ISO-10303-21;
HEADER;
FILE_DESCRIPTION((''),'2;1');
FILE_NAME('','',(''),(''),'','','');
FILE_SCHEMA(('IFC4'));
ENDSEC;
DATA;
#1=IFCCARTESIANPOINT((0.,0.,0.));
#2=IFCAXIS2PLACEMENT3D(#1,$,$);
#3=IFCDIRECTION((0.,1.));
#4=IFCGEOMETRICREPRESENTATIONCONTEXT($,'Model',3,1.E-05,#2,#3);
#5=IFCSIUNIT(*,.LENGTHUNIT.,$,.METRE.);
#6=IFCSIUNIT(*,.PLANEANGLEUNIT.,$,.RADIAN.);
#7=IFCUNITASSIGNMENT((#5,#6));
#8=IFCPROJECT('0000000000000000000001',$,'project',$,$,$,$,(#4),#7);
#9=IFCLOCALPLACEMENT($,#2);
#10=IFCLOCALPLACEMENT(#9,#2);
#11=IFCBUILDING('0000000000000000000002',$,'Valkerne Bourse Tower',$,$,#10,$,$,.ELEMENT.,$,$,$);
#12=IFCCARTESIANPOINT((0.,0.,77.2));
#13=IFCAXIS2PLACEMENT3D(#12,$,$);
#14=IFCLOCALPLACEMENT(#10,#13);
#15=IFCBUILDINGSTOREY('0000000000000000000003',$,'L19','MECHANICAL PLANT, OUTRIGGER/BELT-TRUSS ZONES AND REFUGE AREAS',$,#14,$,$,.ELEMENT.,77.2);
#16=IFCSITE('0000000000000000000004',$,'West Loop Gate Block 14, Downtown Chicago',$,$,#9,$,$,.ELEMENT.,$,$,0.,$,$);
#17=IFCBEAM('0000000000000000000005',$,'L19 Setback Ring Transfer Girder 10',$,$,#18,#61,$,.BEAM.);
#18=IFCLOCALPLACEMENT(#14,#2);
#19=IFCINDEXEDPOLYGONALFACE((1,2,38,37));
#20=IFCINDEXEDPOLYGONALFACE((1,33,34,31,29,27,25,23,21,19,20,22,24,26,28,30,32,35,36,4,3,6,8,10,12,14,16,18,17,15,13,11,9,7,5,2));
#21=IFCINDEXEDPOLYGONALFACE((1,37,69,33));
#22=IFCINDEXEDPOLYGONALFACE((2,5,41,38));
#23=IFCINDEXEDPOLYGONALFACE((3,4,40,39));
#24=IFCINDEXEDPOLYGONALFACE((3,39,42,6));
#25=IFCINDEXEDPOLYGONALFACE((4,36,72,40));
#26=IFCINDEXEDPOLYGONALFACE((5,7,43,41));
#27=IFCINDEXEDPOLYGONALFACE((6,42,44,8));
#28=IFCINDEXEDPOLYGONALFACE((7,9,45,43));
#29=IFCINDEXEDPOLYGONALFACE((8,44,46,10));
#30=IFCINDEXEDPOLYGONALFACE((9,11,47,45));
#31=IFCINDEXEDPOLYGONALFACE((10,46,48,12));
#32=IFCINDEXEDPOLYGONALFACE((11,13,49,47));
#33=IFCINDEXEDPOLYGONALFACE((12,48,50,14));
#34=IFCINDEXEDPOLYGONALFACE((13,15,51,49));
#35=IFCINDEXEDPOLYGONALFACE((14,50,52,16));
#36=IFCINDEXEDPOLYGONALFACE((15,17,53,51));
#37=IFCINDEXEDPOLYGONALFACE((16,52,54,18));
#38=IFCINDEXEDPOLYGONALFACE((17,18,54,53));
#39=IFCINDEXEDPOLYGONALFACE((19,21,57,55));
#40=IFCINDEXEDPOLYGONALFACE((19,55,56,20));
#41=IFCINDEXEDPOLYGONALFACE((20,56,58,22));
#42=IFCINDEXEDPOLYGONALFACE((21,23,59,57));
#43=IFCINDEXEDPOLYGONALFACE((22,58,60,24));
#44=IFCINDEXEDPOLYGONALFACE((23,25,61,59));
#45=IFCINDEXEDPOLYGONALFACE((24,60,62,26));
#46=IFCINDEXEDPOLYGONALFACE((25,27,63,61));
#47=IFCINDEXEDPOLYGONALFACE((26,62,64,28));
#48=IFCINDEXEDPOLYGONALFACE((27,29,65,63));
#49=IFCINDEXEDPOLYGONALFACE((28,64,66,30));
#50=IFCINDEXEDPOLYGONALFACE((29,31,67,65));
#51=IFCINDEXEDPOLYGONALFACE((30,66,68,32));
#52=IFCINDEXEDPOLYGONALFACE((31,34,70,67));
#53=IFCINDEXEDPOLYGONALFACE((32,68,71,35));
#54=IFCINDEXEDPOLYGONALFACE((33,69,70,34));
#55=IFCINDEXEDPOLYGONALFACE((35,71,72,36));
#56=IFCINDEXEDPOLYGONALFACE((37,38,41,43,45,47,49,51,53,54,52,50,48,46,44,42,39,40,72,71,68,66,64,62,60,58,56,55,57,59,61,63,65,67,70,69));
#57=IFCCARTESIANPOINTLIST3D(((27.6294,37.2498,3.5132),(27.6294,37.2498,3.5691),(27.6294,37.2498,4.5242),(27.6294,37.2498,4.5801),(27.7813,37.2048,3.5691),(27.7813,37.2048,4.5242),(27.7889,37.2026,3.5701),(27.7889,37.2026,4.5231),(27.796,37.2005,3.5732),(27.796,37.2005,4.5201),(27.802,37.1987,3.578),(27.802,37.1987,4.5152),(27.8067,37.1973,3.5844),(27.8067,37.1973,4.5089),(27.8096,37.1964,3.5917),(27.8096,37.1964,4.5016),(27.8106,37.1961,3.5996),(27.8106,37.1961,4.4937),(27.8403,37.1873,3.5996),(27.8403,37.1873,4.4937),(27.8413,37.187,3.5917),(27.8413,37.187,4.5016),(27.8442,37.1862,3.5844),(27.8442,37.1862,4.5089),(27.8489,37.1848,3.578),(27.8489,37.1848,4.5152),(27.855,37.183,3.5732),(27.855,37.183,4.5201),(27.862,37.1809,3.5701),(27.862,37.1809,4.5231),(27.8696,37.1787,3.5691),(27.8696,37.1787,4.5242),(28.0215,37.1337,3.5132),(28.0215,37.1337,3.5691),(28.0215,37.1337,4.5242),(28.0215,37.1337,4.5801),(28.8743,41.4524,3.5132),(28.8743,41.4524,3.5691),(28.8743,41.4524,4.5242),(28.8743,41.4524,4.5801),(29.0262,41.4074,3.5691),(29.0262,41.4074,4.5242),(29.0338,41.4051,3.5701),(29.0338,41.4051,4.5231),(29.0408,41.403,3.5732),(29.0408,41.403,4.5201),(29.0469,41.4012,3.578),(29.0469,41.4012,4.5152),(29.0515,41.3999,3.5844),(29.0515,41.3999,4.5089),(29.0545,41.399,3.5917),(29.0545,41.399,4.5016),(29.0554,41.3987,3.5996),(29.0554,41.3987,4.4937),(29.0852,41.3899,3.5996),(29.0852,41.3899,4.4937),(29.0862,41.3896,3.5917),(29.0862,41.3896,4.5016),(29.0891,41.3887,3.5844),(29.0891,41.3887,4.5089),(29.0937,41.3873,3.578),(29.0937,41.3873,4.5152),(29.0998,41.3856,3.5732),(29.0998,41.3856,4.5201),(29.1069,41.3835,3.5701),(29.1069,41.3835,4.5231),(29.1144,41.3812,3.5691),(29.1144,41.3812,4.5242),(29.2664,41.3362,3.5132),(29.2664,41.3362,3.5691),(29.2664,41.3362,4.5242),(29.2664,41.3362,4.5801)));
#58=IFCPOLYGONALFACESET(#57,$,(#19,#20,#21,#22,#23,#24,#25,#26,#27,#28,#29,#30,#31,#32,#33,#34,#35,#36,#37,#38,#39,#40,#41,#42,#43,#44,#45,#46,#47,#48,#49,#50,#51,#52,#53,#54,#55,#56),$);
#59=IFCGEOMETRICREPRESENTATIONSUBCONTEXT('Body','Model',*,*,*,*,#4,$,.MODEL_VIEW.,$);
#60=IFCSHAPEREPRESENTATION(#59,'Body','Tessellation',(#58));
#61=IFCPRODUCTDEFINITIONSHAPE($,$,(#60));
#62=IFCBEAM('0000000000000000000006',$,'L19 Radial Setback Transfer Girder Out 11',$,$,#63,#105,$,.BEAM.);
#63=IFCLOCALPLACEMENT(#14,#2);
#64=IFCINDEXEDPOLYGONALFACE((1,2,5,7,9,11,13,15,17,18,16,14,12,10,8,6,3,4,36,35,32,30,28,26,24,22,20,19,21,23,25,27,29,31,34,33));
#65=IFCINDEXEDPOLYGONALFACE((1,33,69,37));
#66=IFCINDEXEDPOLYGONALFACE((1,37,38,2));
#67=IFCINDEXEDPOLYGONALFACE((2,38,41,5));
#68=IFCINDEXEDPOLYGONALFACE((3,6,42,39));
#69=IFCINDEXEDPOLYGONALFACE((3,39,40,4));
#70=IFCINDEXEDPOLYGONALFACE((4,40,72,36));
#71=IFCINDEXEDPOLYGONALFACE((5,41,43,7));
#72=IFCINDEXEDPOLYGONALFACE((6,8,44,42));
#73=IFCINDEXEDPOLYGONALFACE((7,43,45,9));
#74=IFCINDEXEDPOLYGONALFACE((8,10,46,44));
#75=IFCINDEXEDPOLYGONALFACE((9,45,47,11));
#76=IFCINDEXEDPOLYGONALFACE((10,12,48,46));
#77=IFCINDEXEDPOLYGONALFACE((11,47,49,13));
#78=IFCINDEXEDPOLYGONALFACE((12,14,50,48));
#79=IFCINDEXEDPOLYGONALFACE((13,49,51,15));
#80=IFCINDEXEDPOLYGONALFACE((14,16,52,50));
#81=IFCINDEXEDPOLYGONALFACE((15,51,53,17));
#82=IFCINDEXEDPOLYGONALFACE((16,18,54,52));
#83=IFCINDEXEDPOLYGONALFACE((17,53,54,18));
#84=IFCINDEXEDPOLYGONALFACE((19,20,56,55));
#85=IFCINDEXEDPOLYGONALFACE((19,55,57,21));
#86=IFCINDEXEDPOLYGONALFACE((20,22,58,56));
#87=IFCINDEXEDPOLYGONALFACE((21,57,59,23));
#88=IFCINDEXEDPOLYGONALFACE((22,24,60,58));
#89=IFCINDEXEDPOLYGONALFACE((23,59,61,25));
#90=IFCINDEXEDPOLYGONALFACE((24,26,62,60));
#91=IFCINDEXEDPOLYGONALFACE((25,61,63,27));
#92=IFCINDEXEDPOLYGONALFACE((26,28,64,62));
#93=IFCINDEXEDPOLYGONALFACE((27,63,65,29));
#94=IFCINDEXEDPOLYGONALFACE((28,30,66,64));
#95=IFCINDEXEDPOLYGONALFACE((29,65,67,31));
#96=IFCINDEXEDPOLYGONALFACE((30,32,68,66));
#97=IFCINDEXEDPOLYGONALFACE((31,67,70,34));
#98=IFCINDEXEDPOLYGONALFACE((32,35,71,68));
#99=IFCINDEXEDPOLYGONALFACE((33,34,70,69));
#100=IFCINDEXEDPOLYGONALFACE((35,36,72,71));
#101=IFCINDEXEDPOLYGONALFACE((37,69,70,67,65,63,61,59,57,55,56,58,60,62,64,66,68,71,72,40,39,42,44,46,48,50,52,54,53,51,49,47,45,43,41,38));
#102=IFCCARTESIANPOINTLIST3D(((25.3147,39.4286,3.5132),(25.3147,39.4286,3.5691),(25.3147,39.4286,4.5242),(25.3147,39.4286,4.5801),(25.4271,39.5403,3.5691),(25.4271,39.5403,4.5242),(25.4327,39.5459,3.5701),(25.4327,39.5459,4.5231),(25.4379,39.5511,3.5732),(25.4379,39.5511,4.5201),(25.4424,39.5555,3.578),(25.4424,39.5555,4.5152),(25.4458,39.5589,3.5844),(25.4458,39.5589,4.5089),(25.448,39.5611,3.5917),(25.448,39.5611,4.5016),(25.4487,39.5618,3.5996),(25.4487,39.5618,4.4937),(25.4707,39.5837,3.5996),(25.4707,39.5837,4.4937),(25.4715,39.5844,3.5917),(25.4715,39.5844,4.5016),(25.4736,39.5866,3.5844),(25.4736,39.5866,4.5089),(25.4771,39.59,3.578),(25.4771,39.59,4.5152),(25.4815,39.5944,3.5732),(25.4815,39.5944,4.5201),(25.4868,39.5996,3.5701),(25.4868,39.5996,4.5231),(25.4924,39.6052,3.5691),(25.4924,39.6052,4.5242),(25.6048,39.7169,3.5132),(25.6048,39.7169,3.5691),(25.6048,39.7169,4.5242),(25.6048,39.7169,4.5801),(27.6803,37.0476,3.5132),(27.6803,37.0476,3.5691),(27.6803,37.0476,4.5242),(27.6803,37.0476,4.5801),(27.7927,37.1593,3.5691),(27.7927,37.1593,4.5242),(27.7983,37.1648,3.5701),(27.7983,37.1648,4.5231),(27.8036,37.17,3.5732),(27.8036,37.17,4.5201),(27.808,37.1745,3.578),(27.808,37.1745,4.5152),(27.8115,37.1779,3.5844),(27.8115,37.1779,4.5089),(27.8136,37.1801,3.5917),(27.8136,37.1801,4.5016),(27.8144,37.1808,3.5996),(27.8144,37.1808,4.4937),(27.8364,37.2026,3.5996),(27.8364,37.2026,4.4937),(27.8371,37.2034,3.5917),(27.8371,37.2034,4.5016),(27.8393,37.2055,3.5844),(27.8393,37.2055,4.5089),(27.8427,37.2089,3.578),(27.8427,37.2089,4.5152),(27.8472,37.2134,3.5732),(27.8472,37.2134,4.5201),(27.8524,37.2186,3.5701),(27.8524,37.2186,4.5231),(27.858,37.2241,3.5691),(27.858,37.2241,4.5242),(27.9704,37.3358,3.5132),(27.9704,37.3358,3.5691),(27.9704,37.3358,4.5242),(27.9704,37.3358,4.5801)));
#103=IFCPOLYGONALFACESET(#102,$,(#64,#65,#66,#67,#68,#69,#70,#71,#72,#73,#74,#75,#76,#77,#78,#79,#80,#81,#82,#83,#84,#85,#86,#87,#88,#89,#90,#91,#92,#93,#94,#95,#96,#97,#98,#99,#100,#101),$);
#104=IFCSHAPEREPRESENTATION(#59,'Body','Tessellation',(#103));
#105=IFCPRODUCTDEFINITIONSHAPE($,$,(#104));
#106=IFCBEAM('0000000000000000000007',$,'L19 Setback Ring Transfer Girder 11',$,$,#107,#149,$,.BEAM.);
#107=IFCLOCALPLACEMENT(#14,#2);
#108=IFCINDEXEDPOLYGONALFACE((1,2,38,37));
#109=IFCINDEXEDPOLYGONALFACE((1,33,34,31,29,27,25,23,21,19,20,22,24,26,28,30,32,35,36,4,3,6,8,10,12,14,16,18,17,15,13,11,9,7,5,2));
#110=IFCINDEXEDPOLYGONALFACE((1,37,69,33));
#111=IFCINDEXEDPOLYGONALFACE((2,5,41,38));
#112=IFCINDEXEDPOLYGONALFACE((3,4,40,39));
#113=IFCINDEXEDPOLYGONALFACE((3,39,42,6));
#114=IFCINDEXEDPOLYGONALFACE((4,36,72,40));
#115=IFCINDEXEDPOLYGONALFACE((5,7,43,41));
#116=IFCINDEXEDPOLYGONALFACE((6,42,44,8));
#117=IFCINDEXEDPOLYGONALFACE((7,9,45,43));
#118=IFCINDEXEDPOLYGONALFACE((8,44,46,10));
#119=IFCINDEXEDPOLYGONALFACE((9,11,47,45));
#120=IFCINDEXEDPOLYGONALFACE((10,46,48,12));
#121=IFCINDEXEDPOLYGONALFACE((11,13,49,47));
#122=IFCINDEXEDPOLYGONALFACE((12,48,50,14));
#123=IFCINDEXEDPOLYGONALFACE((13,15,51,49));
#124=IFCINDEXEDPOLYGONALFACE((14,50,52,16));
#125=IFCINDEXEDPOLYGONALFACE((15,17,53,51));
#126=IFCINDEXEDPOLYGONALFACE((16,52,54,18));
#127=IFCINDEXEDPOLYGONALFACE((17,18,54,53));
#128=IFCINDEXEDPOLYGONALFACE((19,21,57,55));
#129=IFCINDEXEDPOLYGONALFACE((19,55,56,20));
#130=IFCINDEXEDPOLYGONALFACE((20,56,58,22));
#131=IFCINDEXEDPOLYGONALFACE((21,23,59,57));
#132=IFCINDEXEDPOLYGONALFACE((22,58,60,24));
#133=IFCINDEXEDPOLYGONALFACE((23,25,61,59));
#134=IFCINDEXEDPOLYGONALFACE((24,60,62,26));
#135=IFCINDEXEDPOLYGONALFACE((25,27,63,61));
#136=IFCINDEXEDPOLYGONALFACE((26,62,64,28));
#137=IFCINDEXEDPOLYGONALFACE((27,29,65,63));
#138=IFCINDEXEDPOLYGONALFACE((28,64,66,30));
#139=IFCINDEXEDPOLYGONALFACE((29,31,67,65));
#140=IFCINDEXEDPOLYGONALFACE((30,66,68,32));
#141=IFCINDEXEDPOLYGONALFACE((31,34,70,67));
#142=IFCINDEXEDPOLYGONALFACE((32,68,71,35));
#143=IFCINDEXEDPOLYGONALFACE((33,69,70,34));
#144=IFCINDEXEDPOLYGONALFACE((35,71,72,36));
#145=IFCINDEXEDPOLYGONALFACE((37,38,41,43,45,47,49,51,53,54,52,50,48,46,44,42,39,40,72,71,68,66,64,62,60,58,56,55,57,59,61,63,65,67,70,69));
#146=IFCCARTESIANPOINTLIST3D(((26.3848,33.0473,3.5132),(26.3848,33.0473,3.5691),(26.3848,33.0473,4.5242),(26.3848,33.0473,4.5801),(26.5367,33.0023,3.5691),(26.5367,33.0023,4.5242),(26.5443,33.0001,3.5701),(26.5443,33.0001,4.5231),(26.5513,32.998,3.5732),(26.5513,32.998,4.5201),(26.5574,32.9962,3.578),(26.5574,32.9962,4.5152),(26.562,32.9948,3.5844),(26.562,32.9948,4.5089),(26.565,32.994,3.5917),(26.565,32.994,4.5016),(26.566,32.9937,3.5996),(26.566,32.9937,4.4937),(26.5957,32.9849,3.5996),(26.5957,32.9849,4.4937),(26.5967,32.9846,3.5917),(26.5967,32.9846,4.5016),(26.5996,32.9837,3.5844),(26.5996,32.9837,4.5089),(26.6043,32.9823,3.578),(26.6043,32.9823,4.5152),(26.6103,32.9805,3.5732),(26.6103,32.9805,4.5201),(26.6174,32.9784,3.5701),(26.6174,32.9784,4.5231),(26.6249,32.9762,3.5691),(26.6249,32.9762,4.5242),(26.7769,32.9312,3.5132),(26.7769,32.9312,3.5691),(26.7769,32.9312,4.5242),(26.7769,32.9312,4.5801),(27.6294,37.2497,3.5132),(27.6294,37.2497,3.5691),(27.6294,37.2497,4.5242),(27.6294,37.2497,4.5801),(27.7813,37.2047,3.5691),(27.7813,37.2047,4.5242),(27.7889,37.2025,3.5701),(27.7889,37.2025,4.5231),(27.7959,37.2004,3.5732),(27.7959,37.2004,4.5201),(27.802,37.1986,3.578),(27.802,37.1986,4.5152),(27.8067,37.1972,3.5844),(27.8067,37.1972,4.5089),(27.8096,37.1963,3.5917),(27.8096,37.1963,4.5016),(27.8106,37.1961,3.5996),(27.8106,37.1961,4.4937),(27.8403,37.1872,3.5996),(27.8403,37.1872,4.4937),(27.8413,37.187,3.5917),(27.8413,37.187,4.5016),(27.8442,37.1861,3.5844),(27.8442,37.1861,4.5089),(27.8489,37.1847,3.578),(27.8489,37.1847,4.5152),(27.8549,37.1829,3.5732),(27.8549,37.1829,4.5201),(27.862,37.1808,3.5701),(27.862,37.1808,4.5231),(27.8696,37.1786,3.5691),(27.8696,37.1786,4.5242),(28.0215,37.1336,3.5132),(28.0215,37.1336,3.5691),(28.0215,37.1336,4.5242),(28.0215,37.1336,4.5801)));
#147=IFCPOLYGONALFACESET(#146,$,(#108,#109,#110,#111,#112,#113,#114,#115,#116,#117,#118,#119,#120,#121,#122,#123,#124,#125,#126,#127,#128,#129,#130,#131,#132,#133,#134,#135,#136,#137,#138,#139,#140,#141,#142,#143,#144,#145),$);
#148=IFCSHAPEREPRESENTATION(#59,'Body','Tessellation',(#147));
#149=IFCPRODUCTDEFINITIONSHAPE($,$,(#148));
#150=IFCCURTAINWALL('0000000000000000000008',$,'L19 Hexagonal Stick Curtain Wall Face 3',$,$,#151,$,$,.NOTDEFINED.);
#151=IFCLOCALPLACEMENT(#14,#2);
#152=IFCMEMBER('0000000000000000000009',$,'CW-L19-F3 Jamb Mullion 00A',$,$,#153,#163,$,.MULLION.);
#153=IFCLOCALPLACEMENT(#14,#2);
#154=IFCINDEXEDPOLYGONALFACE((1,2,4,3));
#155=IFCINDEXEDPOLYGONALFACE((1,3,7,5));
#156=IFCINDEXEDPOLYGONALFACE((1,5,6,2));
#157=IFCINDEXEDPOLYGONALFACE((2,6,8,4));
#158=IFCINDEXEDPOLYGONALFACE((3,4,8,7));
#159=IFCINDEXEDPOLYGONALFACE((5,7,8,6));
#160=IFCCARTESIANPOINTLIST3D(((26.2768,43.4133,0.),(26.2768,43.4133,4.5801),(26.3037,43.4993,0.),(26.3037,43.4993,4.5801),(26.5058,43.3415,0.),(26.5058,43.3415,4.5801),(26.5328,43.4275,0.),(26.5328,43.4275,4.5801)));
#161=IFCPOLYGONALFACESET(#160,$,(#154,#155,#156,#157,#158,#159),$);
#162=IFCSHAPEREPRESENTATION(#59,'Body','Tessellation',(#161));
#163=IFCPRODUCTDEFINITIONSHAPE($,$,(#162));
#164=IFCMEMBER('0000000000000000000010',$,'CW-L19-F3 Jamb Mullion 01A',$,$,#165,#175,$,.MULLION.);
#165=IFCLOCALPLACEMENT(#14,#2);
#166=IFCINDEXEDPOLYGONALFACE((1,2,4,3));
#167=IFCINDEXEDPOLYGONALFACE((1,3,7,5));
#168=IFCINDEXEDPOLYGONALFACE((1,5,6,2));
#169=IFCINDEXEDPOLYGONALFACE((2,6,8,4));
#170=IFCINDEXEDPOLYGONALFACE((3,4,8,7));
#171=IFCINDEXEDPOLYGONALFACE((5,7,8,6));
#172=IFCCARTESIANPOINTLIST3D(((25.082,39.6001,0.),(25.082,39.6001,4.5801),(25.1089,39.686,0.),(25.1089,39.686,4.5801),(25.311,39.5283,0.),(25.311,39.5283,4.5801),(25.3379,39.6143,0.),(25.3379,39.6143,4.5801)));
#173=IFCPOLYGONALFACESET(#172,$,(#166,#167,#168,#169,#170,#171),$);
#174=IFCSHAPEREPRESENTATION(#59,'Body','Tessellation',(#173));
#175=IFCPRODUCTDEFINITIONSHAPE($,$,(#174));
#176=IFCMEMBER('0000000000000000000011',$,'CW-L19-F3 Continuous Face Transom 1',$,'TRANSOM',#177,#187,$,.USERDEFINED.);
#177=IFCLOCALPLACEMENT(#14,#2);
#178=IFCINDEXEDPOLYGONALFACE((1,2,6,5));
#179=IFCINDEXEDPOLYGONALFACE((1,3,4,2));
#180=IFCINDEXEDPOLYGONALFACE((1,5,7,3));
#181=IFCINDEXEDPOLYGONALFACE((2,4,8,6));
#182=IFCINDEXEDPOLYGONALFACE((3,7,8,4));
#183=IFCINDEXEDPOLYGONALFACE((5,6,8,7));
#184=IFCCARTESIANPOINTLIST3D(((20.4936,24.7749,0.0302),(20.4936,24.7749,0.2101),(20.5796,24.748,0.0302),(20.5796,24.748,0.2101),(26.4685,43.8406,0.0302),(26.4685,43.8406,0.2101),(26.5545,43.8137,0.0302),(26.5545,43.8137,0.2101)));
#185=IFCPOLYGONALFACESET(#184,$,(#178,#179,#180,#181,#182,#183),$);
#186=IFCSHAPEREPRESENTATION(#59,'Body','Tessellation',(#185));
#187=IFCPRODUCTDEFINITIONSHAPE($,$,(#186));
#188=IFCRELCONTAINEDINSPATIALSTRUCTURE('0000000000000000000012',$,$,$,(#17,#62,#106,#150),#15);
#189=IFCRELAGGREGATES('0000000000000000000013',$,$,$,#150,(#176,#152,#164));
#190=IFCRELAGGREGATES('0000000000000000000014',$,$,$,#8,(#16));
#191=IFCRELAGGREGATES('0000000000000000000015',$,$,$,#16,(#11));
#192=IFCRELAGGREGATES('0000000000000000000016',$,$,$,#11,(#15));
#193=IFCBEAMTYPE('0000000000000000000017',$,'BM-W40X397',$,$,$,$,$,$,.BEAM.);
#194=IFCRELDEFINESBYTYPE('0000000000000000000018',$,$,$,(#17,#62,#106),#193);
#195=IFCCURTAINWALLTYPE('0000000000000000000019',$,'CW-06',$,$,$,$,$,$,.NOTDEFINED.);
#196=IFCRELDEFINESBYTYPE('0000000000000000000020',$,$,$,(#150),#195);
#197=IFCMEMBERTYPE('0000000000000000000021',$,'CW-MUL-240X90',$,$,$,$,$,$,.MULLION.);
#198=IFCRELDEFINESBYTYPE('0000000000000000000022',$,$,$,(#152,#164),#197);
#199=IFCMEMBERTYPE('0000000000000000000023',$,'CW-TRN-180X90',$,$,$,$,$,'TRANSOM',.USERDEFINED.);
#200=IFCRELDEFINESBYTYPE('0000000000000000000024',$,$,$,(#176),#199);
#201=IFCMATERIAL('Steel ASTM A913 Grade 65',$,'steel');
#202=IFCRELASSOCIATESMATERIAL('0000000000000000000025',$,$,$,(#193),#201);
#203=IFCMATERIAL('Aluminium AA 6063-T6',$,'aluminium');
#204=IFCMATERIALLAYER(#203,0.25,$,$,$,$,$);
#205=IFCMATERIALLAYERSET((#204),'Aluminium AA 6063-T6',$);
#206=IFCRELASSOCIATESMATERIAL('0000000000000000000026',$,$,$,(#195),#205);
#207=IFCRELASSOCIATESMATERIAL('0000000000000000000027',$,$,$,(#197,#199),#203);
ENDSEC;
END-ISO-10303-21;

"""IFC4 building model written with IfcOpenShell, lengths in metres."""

from ifc_helpers import new_model, si_unit, direction, frame, origin, origin_2d, place, context, subcontext, project, spatial, rectangle, i_section, extrude, material, layer, layer_set, material_profile, profile_set, type_object, element, aggregate, save


model = new_model("IFC4")

# Units and contexts
model_context = context("Model", 3, precision=1e-05, world=origin(), true_north=direction((0.0, 1.0)))
body_context = subcontext(model_context, "Body", "Model", "MODEL_VIEW")
ifc_project = project(units=[si_unit("LENGTHUNIT", "METRE"), si_unit("PLANEANGLEUNIT", "RADIAN")], contexts=[model_context])

# Site, building, storey
site_placement = place(None, origin())
site = spatial("IfcSite", under=ifc_project, at=site_placement, Name="West Loop Gate Block 14, Downtown Chicago", CompositionType="ELEMENT", RefElevation=0.0)
building_placement = place(site_placement, origin())
building = spatial("IfcBuilding", under=site, at=building_placement, Name="Valkerne Bourse Tower", CompositionType="ELEMENT")
storey_placement = place(building_placement, frame((0.0, 0.0, 77.2)))
storey = spatial("IfcBuildingStorey", under=building, at=storey_placement, Name="L19", Description="MECHANICAL PLANT, OUTRIGGER/BELT-TRUSS ZONES AND REFUGE AREAS", CompositionType="ELEMENT", Elevation=77.2)

# Shared definitions
ifc_material_1 = material(Name="Steel ASTM A913 Grade 65", Category="steel")

# Beams
ifc_material_profile_1 = material_profile(ifc_material_1, i_section(OverallWidth=0.4089, OverallDepth=1.0669, WebThickness=0.031, FlangeThickness=0.0559, FilletRadius=0.0305, at=origin_2d()), Name="W40X397")
ifc_profile_set_1 = profile_set([ifc_material_profile_1], Name="Steel ASTM A913 Grade 65")
beam_type_1 = type_object("IfcBeamType", Name="BM-W40X397", PredefinedType="BEAM", material=ifc_profile_set_1)
beam_1_placement = place(storey_placement, frame((29.0703, 41.3943, 4.0466), z_axis=(-0.284014, -0.95882, 0.0), x_axis=(0.95882, -0.284014, 0.0)))
element("IfcBeam", 1, at=beam_1_placement, inside=storey, type_object=beam_type_1, Name="L19 Setback Ring Transfer Girder 10", PredefinedType="BEAM", context=body_context, shape_type="SweptSolid", body=[
    extrude(i_section(OverallWidth=0.4089, OverallDepth=1.0669, WebThickness=0.031, FlangeThickness=0.0559, FilletRadius=0.0305, at=origin_2d()), origin(), (0.0, 0.0, 1.0), 4.3831),
])
beam_2_placement = place(storey_placement, frame((25.4597, 39.5728, 4.0466), z_axis=(0.704812, -0.709394, 0.0), x_axis=(0.709394, 0.704812, 0.0)))
element("IfcBeam", 2, at=beam_2_placement, inside=storey, type_object=beam_type_1, Name="L19 Radial Setback Transfer Girder Out 11", PredefinedType="BEAM", context=body_context, shape_type="SweptSolid", body=[
    extrude(i_section(OverallWidth=0.4089, OverallDepth=1.0669, WebThickness=0.031, FlangeThickness=0.0559, FilletRadius=0.0305, at=origin_2d()), origin(), (0.0, 0.0, 1.0), 3.3564),
])
beam_3_placement = place(storey_placement, frame((27.8254, 37.1917, 4.0466), z_axis=(-0.283978, -0.958831, 0.0), x_axis=(0.958831, -0.283978, 0.0)))
element("IfcBeam", 3, at=beam_3_placement, inside=storey, type_object=beam_type_1, Name="L19 Setback Ring Transfer Girder 11", PredefinedType="BEAM", context=body_context, shape_type="SweptSolid", body=[
    extrude(i_section(OverallWidth=0.4089, OverallDepth=1.0669, WebThickness=0.031, FlangeThickness=0.0559, FilletRadius=0.0305, at=origin_2d()), origin(), (0.0, 0.0, 1.0), 4.3828),
])

# Curtain wall, members
ifc_material_2 = material(Name="Aluminium AA 6063-T6", Category="aluminium")
ifc_layer_1 = layer(ifc_material_2, 0.25)
ifc_layer_set_1 = layer_set([ifc_layer_1], Name="Aluminium AA 6063-T6")
curtain_wall_type = type_object("IfcCurtainWallType", Name="CW-06", PredefinedType="NOTDEFINED", material=ifc_layer_set_1)
curtain_wall_placement = place(storey_placement, origin())
curtain_wall = element("IfcCurtainWall", 4, at=curtain_wall_placement, inside=storey, type_object=curtain_wall_type, Name="L19 Hexagonal Stick Curtain Wall Face 3", PredefinedType="NOTDEFINED")
ifc_material_profile_2 = material_profile(ifc_material_2, rectangle(XDim=0.0901, YDim=0.24, at=origin_2d()), Name="CWM-90X240")
ifc_profile_set_2 = profile_set([ifc_material_profile_2], Name="Aluminium AA 6063-T6")
member_type_1 = type_object("IfcMemberType", Name="CW-MUL-240X90", PredefinedType="MULLION", material=ifc_profile_set_2)
member_1_placement = place(storey_placement, frame((26.4048, 43.4204, 0.0), z_axis=(0.0, 0.0, 1.0), x_axis=(-0.299022, -0.954246, 0.0)))
member_1 = element("IfcMember", 5, at=member_1_placement, type_object=member_type_1, Name="CW-L19-F3 Jamb Mullion 00A", PredefinedType="MULLION", context=body_context, shape_type="SweptSolid", body=[
    extrude(rectangle(XDim=0.0901, YDim=0.24, at=origin_2d()), origin(), (0.0, 0.0, 1.0), 4.5801),
])
member_2_placement = place(storey_placement, frame((25.21, 39.6072, 0.0), z_axis=(0.0, 0.0, 1.0), x_axis=(-0.299051, -0.954237, 0.0)))
member_2 = element("IfcMember", 6, at=member_2_placement, type_object=member_type_1, Name="CW-L19-F3 Jamb Mullion 01A", PredefinedType="MULLION", context=body_context, shape_type="SweptSolid", body=[
    extrude(rectangle(XDim=0.0901, YDim=0.24, at=origin_2d()), origin(), (0.0, 0.0, 1.0), 4.5801),
])
ifc_material_profile_3 = material_profile(ifc_material_2, rectangle(XDim=0.0901, YDim=0.1799, at=origin_2d()), Name="CWT-90X180")
ifc_profile_set_3 = profile_set([ifc_material_profile_3], Name="Aluminium AA 6063-T6")
member_type_2 = type_object("IfcMemberType", Name="CW-TRN-180X90", ElementType="TRANSOM", PredefinedType="USERDEFINED", material=ifc_profile_set_3)
member_3_placement = place(storey_placement, frame((26.5115, 43.8271, 0.1201), z_axis=(-0.299042, -0.95424, 0.0), x_axis=(0.95424, -0.299042, 0.0)))
member_3 = element("IfcMember", 7, at=member_3_placement, type_object=member_type_2, Name="CW-L19-F3 Continuous Face Transom 1", ObjectType="TRANSOM", PredefinedType="USERDEFINED", context=body_context, shape_type="SweptSolid", body=[
    extrude(rectangle(XDim=0.0901, YDim=0.1799, at=origin_2d()), origin(), (0.0, 0.0, 1.0), 19.98),
])

aggregate(curtain_wall, [member_3, member_1, member_2])

save(model, "model.ifc")
